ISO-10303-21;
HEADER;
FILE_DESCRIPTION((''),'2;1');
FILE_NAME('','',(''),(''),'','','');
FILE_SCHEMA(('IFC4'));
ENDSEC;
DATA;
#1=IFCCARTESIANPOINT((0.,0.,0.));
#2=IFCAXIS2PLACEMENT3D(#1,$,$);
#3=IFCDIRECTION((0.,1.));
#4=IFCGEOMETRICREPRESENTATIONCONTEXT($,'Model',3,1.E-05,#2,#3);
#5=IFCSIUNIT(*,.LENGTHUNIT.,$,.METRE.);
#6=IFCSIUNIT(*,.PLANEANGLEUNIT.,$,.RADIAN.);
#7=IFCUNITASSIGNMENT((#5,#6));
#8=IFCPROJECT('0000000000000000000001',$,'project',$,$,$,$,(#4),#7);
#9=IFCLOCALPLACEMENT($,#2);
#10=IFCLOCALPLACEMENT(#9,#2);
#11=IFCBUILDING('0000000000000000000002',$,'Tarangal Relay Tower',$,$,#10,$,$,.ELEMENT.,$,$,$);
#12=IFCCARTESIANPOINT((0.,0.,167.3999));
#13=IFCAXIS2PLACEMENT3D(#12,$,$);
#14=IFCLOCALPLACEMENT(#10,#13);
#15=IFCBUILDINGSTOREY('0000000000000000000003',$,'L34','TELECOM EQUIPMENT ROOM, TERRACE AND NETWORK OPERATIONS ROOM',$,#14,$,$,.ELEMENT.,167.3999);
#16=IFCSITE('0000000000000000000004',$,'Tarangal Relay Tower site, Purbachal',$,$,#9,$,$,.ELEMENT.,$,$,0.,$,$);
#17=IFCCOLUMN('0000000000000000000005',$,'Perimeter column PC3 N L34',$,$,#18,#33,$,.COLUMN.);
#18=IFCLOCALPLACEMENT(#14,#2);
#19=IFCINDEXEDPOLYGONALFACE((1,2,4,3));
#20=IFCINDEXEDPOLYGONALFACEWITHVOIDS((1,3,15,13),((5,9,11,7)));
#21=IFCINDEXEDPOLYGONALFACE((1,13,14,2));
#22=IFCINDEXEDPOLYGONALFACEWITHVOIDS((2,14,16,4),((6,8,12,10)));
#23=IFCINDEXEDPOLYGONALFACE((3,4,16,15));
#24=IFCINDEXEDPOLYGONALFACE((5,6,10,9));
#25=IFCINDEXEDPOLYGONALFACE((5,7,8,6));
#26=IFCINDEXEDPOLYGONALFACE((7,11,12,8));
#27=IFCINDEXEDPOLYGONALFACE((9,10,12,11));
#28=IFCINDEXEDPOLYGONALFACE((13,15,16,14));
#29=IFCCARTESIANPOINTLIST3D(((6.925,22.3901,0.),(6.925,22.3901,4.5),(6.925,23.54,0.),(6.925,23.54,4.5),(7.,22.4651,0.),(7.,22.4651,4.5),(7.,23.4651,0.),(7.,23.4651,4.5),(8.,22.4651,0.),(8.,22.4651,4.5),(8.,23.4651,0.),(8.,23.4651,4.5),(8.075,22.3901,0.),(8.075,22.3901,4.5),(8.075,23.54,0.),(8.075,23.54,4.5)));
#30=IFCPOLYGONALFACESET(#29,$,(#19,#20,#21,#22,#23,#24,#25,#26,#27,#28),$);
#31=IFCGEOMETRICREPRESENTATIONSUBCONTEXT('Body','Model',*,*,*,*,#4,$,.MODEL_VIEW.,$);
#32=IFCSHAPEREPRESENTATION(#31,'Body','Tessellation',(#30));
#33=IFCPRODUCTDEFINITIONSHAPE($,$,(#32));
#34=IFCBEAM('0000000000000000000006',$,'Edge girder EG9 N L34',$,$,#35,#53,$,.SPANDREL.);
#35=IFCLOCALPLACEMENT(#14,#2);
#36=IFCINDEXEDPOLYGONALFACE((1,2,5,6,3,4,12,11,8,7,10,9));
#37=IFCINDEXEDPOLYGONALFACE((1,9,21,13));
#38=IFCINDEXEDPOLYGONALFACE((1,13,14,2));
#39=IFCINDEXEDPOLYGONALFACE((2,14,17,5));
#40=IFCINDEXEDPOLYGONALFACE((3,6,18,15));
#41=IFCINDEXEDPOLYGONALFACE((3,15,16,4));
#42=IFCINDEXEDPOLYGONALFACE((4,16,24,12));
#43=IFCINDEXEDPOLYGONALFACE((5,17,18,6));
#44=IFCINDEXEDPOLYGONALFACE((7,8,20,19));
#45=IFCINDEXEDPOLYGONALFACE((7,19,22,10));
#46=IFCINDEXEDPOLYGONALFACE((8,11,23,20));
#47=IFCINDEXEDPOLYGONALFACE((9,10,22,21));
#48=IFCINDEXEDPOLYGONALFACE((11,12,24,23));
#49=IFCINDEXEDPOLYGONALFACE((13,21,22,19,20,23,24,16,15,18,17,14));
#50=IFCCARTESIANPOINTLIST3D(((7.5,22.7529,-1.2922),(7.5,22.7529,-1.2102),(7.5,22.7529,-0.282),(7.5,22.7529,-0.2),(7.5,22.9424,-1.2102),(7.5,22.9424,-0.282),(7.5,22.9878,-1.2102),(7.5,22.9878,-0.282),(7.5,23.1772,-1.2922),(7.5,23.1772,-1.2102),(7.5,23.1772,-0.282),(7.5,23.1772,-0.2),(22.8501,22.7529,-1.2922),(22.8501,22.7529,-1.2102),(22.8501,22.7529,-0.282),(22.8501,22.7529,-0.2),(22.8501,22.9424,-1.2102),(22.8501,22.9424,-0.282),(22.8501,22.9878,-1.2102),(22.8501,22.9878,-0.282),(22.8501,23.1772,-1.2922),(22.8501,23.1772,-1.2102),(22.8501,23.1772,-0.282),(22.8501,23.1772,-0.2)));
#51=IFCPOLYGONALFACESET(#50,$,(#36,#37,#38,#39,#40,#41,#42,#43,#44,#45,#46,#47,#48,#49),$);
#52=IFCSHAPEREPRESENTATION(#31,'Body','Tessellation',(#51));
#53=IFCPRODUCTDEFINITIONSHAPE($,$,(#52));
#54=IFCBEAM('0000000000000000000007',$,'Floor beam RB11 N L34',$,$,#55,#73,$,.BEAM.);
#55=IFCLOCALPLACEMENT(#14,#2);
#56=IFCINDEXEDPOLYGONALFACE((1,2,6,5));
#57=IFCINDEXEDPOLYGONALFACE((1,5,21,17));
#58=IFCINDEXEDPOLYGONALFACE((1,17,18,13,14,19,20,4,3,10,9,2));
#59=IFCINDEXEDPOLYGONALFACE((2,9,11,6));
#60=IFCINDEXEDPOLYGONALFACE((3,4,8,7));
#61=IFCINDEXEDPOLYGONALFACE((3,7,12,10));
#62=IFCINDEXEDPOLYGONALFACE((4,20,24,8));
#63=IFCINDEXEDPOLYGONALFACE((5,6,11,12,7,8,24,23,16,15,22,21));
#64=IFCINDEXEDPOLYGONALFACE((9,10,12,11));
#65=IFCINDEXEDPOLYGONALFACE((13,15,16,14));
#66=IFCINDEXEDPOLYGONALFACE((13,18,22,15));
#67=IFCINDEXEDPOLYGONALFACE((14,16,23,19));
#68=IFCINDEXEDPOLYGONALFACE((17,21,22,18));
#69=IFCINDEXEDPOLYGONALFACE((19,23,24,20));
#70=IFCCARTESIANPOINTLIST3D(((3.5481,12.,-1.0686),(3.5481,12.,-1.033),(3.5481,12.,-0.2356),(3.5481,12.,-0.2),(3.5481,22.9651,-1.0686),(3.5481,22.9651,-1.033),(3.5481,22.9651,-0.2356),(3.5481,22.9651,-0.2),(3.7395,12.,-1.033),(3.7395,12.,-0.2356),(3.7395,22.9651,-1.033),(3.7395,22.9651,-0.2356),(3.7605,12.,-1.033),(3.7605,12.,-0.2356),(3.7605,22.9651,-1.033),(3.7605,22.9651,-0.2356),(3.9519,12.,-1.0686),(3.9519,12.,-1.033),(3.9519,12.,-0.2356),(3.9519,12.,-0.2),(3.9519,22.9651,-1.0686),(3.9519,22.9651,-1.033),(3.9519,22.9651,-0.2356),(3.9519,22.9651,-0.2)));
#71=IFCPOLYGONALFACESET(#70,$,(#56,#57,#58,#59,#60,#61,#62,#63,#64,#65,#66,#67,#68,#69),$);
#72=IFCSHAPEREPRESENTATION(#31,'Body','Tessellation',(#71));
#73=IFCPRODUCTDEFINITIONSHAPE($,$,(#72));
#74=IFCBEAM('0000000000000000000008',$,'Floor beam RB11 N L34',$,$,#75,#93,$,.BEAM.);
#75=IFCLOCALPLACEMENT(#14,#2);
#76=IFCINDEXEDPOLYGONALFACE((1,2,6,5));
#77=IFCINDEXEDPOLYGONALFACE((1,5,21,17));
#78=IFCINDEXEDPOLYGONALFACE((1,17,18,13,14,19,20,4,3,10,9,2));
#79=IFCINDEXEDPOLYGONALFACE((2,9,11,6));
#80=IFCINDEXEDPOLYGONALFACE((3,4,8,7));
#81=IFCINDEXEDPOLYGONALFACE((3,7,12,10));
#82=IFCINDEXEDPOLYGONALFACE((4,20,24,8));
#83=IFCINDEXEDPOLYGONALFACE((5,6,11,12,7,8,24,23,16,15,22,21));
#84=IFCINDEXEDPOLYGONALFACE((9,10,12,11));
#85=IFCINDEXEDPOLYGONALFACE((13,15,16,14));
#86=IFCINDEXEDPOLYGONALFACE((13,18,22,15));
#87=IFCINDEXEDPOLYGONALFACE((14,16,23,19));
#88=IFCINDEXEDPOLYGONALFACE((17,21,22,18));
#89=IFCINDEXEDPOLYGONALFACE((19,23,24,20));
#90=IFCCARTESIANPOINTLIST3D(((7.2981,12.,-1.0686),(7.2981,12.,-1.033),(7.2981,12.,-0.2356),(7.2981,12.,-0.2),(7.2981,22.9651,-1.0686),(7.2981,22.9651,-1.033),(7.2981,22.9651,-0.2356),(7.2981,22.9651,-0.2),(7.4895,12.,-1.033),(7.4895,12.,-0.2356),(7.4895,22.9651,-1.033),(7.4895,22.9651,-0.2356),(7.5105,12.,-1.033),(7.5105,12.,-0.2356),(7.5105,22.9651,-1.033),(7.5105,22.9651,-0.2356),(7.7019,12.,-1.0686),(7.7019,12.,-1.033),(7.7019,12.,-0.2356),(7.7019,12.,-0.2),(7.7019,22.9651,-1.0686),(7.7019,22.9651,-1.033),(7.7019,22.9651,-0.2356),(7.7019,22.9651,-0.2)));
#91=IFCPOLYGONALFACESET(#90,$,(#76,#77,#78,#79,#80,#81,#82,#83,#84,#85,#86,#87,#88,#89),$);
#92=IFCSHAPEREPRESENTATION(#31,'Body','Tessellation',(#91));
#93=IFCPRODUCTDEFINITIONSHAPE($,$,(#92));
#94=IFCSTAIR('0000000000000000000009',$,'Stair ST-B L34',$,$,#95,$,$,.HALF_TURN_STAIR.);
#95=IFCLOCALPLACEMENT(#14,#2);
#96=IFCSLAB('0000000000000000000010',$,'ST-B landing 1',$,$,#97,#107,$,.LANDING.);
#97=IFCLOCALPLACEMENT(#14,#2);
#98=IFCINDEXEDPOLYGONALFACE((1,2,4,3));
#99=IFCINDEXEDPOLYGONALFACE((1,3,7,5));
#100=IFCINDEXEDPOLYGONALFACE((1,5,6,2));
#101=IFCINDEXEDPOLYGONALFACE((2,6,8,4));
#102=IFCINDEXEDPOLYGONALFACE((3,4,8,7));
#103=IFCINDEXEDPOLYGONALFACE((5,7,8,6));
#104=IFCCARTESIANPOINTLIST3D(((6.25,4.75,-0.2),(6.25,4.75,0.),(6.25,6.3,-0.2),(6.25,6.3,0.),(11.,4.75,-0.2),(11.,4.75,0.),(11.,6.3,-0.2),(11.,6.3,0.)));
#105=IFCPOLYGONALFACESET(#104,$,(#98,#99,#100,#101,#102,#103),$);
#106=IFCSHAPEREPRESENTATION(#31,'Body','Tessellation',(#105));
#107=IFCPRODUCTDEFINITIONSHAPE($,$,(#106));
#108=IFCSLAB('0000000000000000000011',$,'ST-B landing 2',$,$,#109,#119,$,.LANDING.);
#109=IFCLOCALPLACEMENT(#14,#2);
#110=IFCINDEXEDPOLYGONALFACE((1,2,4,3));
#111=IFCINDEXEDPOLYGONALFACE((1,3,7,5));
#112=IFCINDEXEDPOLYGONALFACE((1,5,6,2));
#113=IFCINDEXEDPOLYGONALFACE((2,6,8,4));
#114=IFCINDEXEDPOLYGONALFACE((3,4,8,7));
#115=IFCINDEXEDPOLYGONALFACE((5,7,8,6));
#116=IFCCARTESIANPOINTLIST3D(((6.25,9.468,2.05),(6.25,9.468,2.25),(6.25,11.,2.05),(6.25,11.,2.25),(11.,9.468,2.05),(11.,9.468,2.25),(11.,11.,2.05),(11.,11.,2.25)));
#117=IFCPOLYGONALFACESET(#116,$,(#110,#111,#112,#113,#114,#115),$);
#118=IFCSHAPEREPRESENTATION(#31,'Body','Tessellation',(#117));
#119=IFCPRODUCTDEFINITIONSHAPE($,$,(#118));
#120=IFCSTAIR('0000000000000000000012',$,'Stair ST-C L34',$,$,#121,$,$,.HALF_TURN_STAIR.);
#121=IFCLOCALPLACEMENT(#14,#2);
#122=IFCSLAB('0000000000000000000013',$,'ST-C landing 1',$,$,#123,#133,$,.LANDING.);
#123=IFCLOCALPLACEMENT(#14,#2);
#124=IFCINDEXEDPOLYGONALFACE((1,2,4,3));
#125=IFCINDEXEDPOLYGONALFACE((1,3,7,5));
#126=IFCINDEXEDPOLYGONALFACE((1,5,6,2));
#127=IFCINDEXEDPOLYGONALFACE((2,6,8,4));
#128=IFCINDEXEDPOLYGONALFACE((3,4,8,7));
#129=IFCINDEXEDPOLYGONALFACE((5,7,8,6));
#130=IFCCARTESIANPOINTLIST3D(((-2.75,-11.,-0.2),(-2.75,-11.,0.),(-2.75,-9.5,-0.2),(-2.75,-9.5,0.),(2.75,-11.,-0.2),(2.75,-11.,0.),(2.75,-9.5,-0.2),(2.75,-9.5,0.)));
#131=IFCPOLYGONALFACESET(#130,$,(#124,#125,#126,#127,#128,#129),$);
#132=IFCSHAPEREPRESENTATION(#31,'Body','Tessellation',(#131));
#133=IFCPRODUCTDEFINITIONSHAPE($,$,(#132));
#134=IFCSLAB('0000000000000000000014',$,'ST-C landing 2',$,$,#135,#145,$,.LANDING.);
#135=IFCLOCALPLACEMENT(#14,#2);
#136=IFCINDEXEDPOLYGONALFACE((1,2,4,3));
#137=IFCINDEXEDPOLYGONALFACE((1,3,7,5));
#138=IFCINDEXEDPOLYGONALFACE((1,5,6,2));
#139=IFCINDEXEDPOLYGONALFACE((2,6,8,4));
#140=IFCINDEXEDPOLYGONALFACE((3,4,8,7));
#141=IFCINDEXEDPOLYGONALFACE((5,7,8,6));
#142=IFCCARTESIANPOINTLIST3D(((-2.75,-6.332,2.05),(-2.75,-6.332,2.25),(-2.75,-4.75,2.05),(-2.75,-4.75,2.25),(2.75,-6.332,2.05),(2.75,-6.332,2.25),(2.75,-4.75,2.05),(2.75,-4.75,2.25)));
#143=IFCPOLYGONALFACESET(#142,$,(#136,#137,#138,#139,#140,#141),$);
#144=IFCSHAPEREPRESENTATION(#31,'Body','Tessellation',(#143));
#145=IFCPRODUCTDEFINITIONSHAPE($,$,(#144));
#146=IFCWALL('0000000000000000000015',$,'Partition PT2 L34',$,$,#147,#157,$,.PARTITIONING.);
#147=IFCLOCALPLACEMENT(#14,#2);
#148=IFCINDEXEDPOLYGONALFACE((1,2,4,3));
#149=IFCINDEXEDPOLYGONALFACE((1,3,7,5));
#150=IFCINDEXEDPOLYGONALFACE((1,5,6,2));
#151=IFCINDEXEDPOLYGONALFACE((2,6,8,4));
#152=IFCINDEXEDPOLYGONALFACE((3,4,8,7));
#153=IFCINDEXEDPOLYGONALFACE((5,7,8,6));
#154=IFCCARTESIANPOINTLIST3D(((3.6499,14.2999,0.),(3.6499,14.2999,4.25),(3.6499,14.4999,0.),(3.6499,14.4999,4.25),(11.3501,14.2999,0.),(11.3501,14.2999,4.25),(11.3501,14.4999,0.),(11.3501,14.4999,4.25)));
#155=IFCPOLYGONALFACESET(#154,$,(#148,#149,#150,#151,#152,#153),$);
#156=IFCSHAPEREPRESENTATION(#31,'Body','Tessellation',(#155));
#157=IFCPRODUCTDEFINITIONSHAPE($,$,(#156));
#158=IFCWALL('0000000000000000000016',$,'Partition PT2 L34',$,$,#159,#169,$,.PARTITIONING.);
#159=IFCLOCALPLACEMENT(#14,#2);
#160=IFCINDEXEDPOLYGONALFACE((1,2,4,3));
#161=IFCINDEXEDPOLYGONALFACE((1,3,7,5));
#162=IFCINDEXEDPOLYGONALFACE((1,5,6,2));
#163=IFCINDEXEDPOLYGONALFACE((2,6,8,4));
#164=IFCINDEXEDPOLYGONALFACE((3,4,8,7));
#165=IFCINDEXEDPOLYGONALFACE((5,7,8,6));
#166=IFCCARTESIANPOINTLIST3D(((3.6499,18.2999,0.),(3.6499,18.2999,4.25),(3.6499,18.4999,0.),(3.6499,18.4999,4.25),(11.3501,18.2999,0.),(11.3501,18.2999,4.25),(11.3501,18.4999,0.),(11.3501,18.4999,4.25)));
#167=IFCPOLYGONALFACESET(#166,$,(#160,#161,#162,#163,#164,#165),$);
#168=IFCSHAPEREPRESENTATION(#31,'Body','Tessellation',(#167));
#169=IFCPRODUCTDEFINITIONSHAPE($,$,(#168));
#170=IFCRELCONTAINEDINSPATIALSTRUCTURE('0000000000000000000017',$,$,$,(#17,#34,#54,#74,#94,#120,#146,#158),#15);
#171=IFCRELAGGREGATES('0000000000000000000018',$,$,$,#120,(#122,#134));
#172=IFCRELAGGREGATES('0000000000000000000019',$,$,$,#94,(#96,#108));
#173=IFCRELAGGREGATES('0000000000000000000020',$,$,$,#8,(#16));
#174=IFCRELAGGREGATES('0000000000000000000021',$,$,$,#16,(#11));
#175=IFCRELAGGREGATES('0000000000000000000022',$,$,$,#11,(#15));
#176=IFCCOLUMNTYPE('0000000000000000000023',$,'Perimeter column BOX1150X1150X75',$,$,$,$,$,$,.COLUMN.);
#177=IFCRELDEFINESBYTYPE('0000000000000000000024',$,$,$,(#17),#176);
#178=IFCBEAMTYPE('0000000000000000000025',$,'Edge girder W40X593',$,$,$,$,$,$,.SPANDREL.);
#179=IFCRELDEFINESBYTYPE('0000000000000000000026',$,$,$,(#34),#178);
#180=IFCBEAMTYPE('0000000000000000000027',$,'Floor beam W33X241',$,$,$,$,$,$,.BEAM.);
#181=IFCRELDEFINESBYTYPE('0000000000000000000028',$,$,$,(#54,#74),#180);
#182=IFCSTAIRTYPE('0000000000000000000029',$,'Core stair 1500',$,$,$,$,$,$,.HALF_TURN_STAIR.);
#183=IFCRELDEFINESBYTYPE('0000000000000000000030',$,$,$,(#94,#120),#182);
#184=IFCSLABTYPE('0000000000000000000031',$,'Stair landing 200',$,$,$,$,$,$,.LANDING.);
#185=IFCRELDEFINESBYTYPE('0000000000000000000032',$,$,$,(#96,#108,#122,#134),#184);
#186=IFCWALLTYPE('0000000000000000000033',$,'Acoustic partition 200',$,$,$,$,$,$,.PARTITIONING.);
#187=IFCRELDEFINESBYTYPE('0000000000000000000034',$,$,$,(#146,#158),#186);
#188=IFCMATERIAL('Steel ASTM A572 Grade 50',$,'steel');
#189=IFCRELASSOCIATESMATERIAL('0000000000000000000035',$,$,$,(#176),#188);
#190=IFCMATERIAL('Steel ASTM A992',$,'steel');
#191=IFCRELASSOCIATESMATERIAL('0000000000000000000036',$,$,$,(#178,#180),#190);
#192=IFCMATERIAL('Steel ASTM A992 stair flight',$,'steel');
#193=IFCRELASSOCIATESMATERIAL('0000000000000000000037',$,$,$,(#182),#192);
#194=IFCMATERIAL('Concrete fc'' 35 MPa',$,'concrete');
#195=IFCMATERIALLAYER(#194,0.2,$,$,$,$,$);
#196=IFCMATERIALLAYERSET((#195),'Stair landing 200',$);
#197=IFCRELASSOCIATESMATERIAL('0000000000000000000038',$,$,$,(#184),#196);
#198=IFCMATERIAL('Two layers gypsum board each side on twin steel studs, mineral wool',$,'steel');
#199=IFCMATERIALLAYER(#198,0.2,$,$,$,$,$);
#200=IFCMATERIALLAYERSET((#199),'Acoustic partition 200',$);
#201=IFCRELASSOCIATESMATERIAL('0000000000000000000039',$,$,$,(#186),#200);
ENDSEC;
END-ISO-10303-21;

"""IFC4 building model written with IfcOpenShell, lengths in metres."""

from ifc_helpers import new_model, si_unit, direction, frame, frame_2d, origin, origin_2d, place, context, subcontext, project, spatial, polyline, rectangle, hollow_rectangle, i_section, outline, extrude, material, layer, layer_set, material_profile, profile_set, type_object, element, aggregate, save


model = new_model("IFC4")

# Units and contexts
model_context = context("Model", 3, precision=1e-05, world=origin(), true_north=direction((0.0, 1.0)))
body_context = subcontext(model_context, "Body", "Model", "MODEL_VIEW")
ifc_project = project(units=[si_unit("LENGTHUNIT", "METRE"), si_unit("PLANEANGLEUNIT", "RADIAN")], contexts=[model_context])

# Site, building, storey
site_placement = place(None, origin())
site = spatial("IfcSite", under=ifc_project, at=site_placement, Name="Tarangal Relay Tower site, Purbachal", CompositionType="ELEMENT", RefElevation=0.0)
building_placement = place(site_placement, origin())
building = spatial("IfcBuilding", under=site, at=building_placement, Name="Tarangal Relay Tower", CompositionType="ELEMENT")
storey_placement = place(building_placement, frame((0.0, 0.0, 167.3999)))
storey = spatial("IfcBuildingStorey", under=building, at=storey_placement, Name="L34", Description="TELECOM EQUIPMENT ROOM, TERRACE AND NETWORK OPERATIONS ROOM", CompositionType="ELEMENT", Elevation=167.3999)

# Column
ifc_material_1 = material(Name="Steel ASTM A572 Grade 50", Category="steel")
ifc_material_profile_1 = material_profile(ifc_material_1, hollow_rectangle(XDim=1.1499, YDim=1.1499, WallThickness=0.075, at=origin_2d()), Name="BOX1150X1150X75")
ifc_profile_set_1 = profile_set([ifc_material_profile_1], Name="Steel ASTM A572 Grade 50")
column_type = type_object("IfcColumnType", Name="Perimeter column BOX1150X1150X75", PredefinedType="COLUMN", material=ifc_profile_set_1)
column_placement = place(storey_placement, frame((7.5, 22.9651, 0.0), z_axis=(0.0, 0.0, 1.0), x_axis=(1.0, 0.0, 0.0)))
element("IfcColumn", 1, at=column_placement, inside=storey, type_object=column_type, Name="Perimeter column PC3 N L34", PredefinedType="COLUMN", context=body_context, shape_type="SweptSolid", body=[
    extrude(hollow_rectangle(XDim=1.1499, YDim=1.1499, WallThickness=0.075, at=origin_2d()), origin(), (0.0, 0.0, 1.0), 4.5),
])

# Beams
ifc_material_2 = material(Name="Steel ASTM A992", Category="steel")
ifc_material_profile_2 = material_profile(ifc_material_2, i_section(OverallWidth=0.4243, OverallDepth=1.0923, WebThickness=0.0454, FlangeThickness=0.082, at=origin_2d()), Name="W40X593")
ifc_profile_set_2 = profile_set([ifc_material_profile_2], Name="Steel ASTM A992")
beam_type_1 = type_object("IfcBeamType", Name="Edge girder W40X593", PredefinedType="SPANDREL", material=ifc_profile_set_2)
beam_placement = place(storey_placement, frame((7.5, 22.9651, -0.7461), z_axis=(1.0, 0.0, 0.0), x_axis=(0.0, 1.0, 0.0)))
element("IfcBeam", 2, at=beam_placement, inside=storey, type_object=beam_type_1, Name="Edge girder EG9 N L34", PredefinedType="SPANDREL", context=body_context, shape_type="SweptSolid", body=[
    extrude(i_section(OverallWidth=0.4243, OverallDepth=1.0923, WebThickness=0.0454, FlangeThickness=0.082, at=origin_2d()), origin(), (0.0, 0.0, 1.0), 15.3501),
])
ifc_material_profile_3 = material_profile(ifc_material_2, i_section(OverallWidth=0.4038, OverallDepth=0.8687, WebThickness=0.021, FlangeThickness=0.0356, at=origin_2d()), Name="W33X241")
ifc_profile_set_3 = profile_set([ifc_material_profile_3], Name="Steel ASTM A992")
beam_type_2 = type_object("IfcBeamType", Name="Floor beam W33X241", PredefinedType="BEAM", material=ifc_profile_set_3)
for number, where, z_axis, x_axis, name in (
    (3, (3.75, 12.0, -0.6343), (0.0, 1.0, 0.0), (-1.0, 0.0, 0.0), "Floor beam RB11 N L34"),
    (4, (7.5, 12.0, -0.6343), (0.0, 1.0, 0.0), (-1.0, 0.0, 0.0), "Floor beam RB11 N L34"),
):
    element("IfcBeam", number, at=place(storey_placement, frame(where, z_axis=z_axis, x_axis=x_axis)), inside=storey, type_object=beam_type_2, Name=name, PredefinedType="BEAM", context=body_context, shape_type="SweptSolid", body=[
        extrude(i_section(OverallWidth=0.4038, OverallDepth=0.8687, WebThickness=0.021, FlangeThickness=0.0356, at=origin_2d()), origin(), (0.0, 0.0, 1.0), 10.9651),
    ])

# Stairs, slabs
ifc_material_3 = material(Name="Steel ASTM A992 stair flight", Category="steel")
stair_type = type_object("IfcStairType", Name="Core stair 1500", PredefinedType="HALF_TURN_STAIR", material=ifc_material_3)
stair_1_placement = place(storey_placement, origin())
stair_1 = element("IfcStair", 5, at=stair_1_placement, inside=storey, type_object=stair_type, Name="Stair ST-B L34", PredefinedType="HALF_TURN_STAIR")
ifc_material_4 = material(Name="Concrete fc' 35 MPa", Category="concrete")
ifc_layer_1 = layer(ifc_material_4, 0.2)
ifc_layer_set_1 = layer_set([ifc_layer_1], Name="Stair landing 200")
slab_type = type_object("IfcSlabType", Name="Stair landing 200", PredefinedType="LANDING", material=ifc_layer_set_1)
slab_1_placement = place(storey_placement, frame((0.0, 0.0, -0.2)))
slab_1 = element("IfcSlab", 6, at=slab_1_placement, type_object=slab_type, Name="ST-B landing 1", PredefinedType="LANDING", context=body_context, shape_type="SweptSolid", body=[
    extrude(outline(polyline([(6.25, 4.75), (11.0, 4.75), (11.0, 6.3), (6.25, 6.3), (6.25, 4.75)])), origin(), (0.0, 0.0, 1.0), 0.2),
])
slab_2_placement = place(storey_placement, frame((0.0, 0.0, 2.05)))
slab_2 = element("IfcSlab", 7, at=slab_2_placement, type_object=slab_type, Name="ST-B landing 2", PredefinedType="LANDING", context=body_context, shape_type="SweptSolid", body=[
    extrude(outline(polyline([(6.25, 9.468), (11.0, 9.468), (11.0, 11.0), (6.25, 11.0), (6.25, 9.468)])), origin(), (0.0, 0.0, 1.0), 0.2),
])
stair_2_placement = place(storey_placement, origin())
stair_2 = element("IfcStair", 8, at=stair_2_placement, inside=storey, type_object=stair_type, Name="Stair ST-C L34", PredefinedType="HALF_TURN_STAIR")
slab_3_placement = place(storey_placement, frame((0.0, 0.0, -0.2)))
slab_3 = element("IfcSlab", 9, at=slab_3_placement, type_object=slab_type, Name="ST-C landing 1", PredefinedType="LANDING", context=body_context, shape_type="SweptSolid", body=[
    extrude(outline(polyline([(-2.75, -11.0), (2.75, -11.0), (2.75, -9.5), (-2.75, -9.5), (-2.75, -11.0)])), origin(), (0.0, 0.0, 1.0), 0.2),
])
slab_4_placement = place(storey_placement, frame((0.0, 0.0, 2.05)))
slab_4 = element("IfcSlab", 10, at=slab_4_placement, type_object=slab_type, Name="ST-C landing 2", PredefinedType="LANDING", context=body_context, shape_type="SweptSolid", body=[
    extrude(outline(polyline([(-2.75, -6.332), (2.75, -6.332), (2.75, -4.75), (-2.75, -4.75), (-2.75, -6.332)])), origin(), (0.0, 0.0, 1.0), 0.2),
])
aggregate(stair_2, [slab_3, slab_4])

# Walls
ifc_material_5 = material(Name="Two layers gypsum board each side on twin steel studs, mineral wool", Category="steel")
ifc_layer_2 = layer(ifc_material_5, 0.2)
ifc_layer_set_2 = layer_set([ifc_layer_2], Name="Acoustic partition 200")
wall_type_1 = type_object("IfcWallType", Name="Acoustic partition 200", PredefinedType="PARTITIONING", material=ifc_layer_set_2)
for number, where, z_axis, x_axis, name in (
    (11, (3.6499, 14.3999, 0.0), (0.0, 0.0, 1.0), (1.0, 0.0, 0.0), "Partition PT2 L34"),
    (12, (3.6499, 18.3999, 0.0), (0.0, 0.0, 1.0), (1.0, 0.0, 0.0), "Partition PT2 L34"),
):
    element("IfcWall", number, at=place(storey_placement, frame(where, z_axis=z_axis, x_axis=x_axis)), inside=storey, type_object=wall_type_1, Name=name, PredefinedType="PARTITIONING", context=body_context, shape_type="SweptSolid", body=[
        extrude(rectangle(XDim=7.7002, YDim=0.2, at=frame_2d((3.8501, 0.0))), origin(), (0.0, 0.0, 1.0), 4.25),
    ])

aggregate(stair_1, [slab_1, slab_2])

save(model, "model.ifc")
